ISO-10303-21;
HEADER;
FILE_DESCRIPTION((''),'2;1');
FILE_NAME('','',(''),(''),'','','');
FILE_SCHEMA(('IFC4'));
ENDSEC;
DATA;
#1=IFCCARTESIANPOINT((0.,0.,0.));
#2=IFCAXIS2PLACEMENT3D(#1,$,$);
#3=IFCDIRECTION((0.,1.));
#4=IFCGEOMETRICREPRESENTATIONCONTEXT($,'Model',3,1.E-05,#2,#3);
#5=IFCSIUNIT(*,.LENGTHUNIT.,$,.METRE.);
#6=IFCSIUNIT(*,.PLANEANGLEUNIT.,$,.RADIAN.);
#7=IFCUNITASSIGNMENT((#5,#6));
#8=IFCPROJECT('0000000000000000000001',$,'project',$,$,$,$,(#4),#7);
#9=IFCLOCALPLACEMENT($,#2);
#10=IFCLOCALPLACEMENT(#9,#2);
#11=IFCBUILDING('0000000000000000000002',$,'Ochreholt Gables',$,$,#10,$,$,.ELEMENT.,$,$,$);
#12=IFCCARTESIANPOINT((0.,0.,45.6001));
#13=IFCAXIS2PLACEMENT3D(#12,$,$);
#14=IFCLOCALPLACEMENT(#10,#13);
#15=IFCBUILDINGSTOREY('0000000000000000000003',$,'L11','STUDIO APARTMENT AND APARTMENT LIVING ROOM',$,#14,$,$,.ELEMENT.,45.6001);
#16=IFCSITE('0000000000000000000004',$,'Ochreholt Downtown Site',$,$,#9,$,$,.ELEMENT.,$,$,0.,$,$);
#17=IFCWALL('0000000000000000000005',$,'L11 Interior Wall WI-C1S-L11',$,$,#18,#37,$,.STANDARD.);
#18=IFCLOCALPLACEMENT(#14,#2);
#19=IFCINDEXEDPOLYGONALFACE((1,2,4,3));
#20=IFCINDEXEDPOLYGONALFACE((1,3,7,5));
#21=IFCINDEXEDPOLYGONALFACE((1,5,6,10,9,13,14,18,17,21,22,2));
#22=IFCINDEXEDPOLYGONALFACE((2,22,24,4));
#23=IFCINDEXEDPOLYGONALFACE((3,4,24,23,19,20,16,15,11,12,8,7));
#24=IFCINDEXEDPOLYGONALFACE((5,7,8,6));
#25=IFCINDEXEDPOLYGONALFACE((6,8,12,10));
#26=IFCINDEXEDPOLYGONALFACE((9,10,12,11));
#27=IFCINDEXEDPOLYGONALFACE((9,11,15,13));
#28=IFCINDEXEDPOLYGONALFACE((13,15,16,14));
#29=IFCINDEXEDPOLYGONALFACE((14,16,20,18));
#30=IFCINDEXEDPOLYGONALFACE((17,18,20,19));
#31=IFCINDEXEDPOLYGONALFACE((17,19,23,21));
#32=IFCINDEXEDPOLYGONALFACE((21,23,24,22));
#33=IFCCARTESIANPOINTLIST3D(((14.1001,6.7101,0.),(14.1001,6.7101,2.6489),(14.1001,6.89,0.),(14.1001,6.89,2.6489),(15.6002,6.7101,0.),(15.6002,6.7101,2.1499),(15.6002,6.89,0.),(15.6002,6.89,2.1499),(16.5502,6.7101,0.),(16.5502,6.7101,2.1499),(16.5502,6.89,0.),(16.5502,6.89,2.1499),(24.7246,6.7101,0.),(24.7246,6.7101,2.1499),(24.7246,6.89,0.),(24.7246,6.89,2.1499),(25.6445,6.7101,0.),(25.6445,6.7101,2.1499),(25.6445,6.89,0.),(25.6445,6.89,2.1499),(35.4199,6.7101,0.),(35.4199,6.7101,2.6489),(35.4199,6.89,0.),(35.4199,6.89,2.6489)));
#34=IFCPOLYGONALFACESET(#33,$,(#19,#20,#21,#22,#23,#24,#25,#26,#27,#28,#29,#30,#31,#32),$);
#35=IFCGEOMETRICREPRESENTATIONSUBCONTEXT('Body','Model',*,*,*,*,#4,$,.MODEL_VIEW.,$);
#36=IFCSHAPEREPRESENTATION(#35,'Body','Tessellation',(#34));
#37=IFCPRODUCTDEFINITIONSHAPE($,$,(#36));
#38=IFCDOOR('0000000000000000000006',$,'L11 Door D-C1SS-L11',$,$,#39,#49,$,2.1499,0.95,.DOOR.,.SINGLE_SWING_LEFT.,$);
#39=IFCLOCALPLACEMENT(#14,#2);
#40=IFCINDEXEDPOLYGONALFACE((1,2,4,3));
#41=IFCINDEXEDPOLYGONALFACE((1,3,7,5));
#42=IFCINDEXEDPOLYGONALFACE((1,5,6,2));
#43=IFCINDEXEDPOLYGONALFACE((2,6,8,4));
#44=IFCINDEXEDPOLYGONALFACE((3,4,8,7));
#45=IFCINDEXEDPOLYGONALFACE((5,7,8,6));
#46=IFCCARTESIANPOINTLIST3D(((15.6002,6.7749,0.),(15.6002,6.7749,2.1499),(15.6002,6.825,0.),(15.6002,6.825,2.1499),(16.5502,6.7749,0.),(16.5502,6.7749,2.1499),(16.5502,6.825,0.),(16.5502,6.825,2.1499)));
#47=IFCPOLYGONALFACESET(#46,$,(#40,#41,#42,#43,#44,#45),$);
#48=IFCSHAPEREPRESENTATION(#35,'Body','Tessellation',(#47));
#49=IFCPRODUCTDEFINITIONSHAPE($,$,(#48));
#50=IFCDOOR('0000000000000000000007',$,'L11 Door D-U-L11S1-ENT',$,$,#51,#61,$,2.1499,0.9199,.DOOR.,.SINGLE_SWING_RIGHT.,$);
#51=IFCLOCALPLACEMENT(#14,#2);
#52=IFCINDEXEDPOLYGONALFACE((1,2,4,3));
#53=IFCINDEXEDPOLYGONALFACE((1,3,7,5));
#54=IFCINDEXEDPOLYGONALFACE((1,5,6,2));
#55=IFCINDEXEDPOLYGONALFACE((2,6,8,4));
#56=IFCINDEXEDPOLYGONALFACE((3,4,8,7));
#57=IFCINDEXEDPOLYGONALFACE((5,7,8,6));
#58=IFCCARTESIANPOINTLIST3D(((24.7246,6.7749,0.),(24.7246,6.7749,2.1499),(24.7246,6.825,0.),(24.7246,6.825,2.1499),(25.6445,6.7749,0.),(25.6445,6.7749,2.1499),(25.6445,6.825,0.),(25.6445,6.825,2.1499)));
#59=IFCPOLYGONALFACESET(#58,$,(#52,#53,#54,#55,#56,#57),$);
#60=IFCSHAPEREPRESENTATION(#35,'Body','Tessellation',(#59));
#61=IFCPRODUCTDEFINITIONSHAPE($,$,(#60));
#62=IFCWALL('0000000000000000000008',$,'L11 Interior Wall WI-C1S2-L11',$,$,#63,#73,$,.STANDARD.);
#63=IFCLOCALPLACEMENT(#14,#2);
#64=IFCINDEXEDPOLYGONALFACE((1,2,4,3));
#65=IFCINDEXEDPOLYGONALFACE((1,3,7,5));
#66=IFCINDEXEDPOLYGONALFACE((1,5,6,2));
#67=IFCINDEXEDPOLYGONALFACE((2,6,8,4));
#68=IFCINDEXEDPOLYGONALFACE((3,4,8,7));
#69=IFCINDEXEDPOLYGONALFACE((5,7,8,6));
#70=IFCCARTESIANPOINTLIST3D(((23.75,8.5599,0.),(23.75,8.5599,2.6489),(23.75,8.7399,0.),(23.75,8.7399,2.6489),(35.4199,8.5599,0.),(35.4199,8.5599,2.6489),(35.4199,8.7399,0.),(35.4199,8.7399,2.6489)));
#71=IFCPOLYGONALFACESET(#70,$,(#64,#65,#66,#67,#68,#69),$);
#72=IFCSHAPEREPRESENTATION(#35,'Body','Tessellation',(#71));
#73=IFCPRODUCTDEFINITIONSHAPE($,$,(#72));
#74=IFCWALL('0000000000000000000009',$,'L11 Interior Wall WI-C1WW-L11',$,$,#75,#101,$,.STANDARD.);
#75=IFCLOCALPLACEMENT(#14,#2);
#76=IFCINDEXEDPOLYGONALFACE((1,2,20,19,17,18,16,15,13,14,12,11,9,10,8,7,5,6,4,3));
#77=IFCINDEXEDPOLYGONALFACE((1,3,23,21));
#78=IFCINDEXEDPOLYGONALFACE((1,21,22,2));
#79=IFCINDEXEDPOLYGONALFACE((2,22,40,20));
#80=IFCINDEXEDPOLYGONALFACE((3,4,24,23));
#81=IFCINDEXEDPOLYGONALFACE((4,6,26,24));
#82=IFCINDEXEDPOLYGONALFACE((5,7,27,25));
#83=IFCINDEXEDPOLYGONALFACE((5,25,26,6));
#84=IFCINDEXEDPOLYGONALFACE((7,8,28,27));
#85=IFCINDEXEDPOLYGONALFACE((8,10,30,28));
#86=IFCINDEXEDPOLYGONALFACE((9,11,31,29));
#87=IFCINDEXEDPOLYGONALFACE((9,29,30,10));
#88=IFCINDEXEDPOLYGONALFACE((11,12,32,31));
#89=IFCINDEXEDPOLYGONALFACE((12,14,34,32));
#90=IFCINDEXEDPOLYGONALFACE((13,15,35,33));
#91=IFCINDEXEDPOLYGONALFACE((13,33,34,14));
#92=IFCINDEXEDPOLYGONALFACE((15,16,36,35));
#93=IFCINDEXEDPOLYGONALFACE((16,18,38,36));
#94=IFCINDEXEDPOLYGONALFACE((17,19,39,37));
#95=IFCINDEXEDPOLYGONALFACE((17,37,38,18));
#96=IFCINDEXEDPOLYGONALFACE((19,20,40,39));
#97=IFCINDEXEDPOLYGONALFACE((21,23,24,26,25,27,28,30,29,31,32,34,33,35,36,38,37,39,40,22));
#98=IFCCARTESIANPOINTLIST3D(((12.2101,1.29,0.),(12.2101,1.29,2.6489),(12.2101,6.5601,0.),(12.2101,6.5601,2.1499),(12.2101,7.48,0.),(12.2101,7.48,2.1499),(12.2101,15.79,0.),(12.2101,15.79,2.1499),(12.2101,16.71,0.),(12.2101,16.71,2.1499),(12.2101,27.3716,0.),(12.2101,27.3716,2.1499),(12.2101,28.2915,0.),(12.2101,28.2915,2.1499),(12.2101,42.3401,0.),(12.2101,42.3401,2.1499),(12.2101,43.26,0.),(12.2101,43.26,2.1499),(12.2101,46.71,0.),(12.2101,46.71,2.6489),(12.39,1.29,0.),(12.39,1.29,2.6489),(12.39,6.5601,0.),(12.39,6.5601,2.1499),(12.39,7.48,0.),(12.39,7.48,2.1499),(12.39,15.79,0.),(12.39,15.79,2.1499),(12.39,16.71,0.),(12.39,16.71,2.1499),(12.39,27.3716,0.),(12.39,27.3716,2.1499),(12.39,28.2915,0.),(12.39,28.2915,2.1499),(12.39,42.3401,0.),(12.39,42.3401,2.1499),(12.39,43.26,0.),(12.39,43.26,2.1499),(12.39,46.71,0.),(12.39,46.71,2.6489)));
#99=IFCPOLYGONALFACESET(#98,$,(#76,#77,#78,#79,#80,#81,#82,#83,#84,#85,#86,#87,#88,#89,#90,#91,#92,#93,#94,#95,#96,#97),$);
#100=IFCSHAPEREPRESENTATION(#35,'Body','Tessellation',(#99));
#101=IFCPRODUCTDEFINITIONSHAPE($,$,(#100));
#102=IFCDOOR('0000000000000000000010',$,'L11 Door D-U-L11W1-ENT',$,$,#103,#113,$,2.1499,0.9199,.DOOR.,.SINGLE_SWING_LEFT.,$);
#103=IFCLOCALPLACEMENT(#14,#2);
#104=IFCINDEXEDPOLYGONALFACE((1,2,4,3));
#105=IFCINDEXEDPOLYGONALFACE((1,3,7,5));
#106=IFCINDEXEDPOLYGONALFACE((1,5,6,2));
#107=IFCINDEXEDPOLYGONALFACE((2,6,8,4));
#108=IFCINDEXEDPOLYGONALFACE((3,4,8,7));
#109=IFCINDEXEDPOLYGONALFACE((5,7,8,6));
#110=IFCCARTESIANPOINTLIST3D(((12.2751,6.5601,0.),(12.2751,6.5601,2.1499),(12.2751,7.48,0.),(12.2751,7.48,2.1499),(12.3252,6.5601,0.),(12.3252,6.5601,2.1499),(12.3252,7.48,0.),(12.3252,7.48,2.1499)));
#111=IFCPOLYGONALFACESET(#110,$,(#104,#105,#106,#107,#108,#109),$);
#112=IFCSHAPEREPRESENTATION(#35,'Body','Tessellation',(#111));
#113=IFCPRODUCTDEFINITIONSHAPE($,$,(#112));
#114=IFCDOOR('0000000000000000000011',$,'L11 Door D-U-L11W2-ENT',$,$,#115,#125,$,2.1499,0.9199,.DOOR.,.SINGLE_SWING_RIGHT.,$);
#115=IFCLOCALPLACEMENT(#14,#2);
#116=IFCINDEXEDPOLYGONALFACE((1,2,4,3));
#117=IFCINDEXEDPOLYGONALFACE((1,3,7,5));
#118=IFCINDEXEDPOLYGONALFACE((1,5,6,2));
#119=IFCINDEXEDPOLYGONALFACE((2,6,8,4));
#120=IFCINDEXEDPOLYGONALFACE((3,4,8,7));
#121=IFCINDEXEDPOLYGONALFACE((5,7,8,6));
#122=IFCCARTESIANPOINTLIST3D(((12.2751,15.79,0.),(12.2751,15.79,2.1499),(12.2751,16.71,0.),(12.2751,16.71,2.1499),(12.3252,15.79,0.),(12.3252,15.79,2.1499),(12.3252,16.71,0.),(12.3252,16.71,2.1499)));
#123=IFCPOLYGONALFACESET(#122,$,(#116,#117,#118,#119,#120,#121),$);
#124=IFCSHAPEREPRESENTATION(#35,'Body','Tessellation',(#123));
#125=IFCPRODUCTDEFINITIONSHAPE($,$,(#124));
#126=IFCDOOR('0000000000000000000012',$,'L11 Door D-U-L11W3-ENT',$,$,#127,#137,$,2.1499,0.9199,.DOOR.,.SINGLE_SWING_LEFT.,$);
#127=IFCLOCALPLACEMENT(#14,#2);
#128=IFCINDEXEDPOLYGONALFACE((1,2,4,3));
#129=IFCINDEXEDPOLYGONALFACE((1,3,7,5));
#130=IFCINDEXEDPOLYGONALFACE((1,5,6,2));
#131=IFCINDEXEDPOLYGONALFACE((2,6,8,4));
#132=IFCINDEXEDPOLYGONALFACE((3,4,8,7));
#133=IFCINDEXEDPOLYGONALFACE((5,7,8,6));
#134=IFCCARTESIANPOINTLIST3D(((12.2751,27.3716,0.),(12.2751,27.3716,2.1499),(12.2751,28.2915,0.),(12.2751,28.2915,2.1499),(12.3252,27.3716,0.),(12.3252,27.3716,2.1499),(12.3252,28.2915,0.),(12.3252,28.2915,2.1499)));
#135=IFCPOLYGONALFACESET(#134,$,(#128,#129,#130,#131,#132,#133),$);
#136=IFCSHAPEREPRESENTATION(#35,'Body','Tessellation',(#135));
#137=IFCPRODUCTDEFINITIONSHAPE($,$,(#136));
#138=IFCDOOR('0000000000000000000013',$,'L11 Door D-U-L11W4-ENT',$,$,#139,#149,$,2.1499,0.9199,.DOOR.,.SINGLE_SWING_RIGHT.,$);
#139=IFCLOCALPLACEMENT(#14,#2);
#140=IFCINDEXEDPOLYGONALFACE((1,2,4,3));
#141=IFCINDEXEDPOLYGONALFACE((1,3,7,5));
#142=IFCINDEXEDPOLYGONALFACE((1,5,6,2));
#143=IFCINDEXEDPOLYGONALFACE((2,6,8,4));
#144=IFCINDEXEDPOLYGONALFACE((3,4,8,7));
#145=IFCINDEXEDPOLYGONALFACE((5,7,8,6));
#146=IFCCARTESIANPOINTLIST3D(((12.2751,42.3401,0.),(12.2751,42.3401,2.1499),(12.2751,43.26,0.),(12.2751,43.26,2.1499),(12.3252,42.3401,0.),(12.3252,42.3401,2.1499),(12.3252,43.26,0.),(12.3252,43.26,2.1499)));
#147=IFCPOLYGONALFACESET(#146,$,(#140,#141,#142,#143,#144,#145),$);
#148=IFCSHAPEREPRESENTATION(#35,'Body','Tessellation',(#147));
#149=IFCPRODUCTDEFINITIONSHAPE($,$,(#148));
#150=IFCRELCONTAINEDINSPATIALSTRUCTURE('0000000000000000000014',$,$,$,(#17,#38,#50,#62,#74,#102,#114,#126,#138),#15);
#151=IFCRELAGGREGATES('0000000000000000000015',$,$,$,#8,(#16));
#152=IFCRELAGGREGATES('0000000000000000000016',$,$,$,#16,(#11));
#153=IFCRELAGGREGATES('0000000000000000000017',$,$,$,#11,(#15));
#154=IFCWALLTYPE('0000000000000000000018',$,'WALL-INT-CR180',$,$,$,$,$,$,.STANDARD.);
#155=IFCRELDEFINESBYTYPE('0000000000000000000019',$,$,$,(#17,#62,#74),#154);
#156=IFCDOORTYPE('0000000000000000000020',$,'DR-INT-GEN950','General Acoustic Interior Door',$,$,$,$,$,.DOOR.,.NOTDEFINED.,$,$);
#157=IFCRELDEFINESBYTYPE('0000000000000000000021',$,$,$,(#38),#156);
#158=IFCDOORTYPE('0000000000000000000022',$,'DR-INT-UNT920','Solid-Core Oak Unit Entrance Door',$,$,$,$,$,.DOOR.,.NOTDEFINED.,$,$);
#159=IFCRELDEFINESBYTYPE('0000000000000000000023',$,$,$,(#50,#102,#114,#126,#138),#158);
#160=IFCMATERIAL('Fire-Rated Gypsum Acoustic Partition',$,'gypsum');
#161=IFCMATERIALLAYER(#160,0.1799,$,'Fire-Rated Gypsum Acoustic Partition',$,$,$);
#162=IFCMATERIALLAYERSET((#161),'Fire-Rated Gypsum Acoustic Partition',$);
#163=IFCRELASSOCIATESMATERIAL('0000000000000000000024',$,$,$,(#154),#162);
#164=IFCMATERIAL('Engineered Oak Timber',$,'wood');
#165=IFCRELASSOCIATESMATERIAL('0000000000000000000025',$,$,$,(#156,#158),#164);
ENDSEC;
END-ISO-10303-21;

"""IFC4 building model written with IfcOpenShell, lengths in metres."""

from ifc_helpers import new_model, si_unit, direction, frame, frame_2d, origin, place, context, subcontext, project, spatial, rectangle, extrude, material, layer, layer_set, type_object, element, fill, save


model = new_model("IFC4")

# Units and contexts
model_context = context("Model", 3, precision=1e-05, world=origin(), true_north=direction((0.0, 1.0)))
body_context = subcontext(model_context, "Body", "Model", "MODEL_VIEW")
ifc_project = project(units=[si_unit("LENGTHUNIT", "METRE"), si_unit("PLANEANGLEUNIT", "RADIAN")], contexts=[model_context])

# Site, building, storey
site_placement = place(None, origin())
site = spatial("IfcSite", under=ifc_project, at=site_placement, Name="Ochreholt Downtown Site", CompositionType="ELEMENT", RefElevation=0.0)
building_placement = place(site_placement, origin())
building = spatial("IfcBuilding", under=site, at=building_placement, Name="Ochreholt Gables", CompositionType="ELEMENT")
storey_placement = place(building_placement, frame((0.0, 0.0, 45.6001)))
storey = spatial("IfcBuildingStorey", under=building, at=storey_placement, Name="L11", Description="STUDIO APARTMENT AND APARTMENT LIVING ROOM", CompositionType="ELEMENT", Elevation=45.6001)

# Shared definitions
ifc_material_1 = material(Name="Fire-Rated Gypsum Acoustic Partition", Category="gypsum")
ifc_layer_1 = layer(ifc_material_1, 0.1799, Name="Fire-Rated Gypsum Acoustic Partition")
ifc_layer_set_1 = layer_set([ifc_layer_1], Name="Fire-Rated Gypsum Acoustic Partition")
wall_type_1 = type_object("IfcWallType", Name="WALL-INT-CR180", PredefinedType="STANDARD", material=ifc_layer_set_1)

# Wall, openings, doors
wall_1_placement = place(storey_placement, frame((14.1001, 6.8, 0.0), z_axis=(0.0, 0.0, 1.0), x_axis=(1.0, 0.0, 0.0)))
wall_1 = element("IfcWall", 1, at=wall_1_placement, inside=storey, type_object=wall_type_1, Name="L11 Interior Wall WI-C1S-L11", PredefinedType="STANDARD", context=body_context, shape_type="SweptSolid", body=[
    extrude(rectangle(XDim=21.3198, YDim=0.1799, at=frame_2d((10.6599, 0.0))), origin(), (0.0, 0.0, 1.0), 2.6489),
])
opening_1_placement = place(wall_1_placement, frame((1.5, 0.0, 0.0)))
opening_1 = element("IfcOpeningElement", 2, at=opening_1_placement, cuts=wall_1, PredefinedType="OPENING", context=body_context, shape_type="SweptSolid", body=[
    extrude(rectangle(XDim=0.95, YDim=2.1499, at=frame_2d((0.4751, 1.075))), frame((0.0, 0.0999, 0.0), z_axis=(0.0, -1.0, 0.0), x_axis=(1.0, 0.0, 0.0)), (0.0, 0.0, 1.0), 0.2),
])
opening_2_placement = place(wall_1_placement, frame((10.6245, 0.0, 0.0)))
opening_2 = element("IfcOpeningElement", 3, at=opening_2_placement, cuts=wall_1, PredefinedType="OPENING", context=body_context, shape_type="SweptSolid", body=[
    extrude(rectangle(XDim=0.9199, YDim=2.1499, at=frame_2d((0.46, 1.075))), frame((0.0, 0.0999, 0.0), z_axis=(0.0, -1.0, 0.0), x_axis=(1.0, 0.0, 0.0)), (0.0, 0.0, 1.0), 0.2),
])
ifc_material_2 = material(Name="Engineered Oak Timber", Category="wood")
door_type_1 = type_object("IfcDoorType", Name="DR-INT-GEN950", Description="General Acoustic Interior Door", OperationType="NOTDEFINED", PredefinedType="DOOR", material=ifc_material_2)
door_1_placement = place(opening_1_placement, origin())
door_1 = element("IfcDoor", 4, at=door_1_placement, inside=storey, type_object=door_type_1, Name="L11 Door D-C1SS-L11", OperationType="SINGLE_SWING_LEFT", OverallHeight=2.1499, OverallWidth=0.95, PredefinedType="DOOR", context=body_context, shape_type="SweptSolid", body=[
    extrude(rectangle(XDim=0.95, YDim=2.1499, at=frame_2d((0.4751, 1.075))), frame((0.0, 0.0249, 0.0), z_axis=(0.0, -1.0, 0.0), x_axis=(1.0, 0.0, 0.0)), (0.0, 0.0, 1.0), 0.05),
])
fill(opening_1, door_1)
door_type_2 = type_object("IfcDoorType", Name="DR-INT-UNT920", Description="Solid-Core Oak Unit Entrance Door", OperationType="NOTDEFINED", PredefinedType="DOOR", material=ifc_material_2)
door_2_placement = place(opening_2_placement, origin())
door_2 = element("IfcDoor", 5, at=door_2_placement, inside=storey, type_object=door_type_2, Name="L11 Door D-U-L11S1-ENT", OperationType="SINGLE_SWING_RIGHT", OverallHeight=2.1499, OverallWidth=0.9199, PredefinedType="DOOR", context=body_context, shape_type="SweptSolid", body=[
    extrude(rectangle(XDim=0.9199, YDim=2.1499, at=frame_2d((0.46, 1.075))), frame((0.0, 0.0249, 0.0), z_axis=(0.0, -1.0, 0.0), x_axis=(1.0, 0.0, 0.0)), (0.0, 0.0, 1.0), 0.05),
])
fill(opening_2, door_2)

# Wall
wall_2_placement = place(storey_placement, frame((23.75, 8.6499, 0.0), z_axis=(0.0, 0.0, 1.0), x_axis=(1.0, 0.0, 0.0)))
element("IfcWall", 6, at=wall_2_placement, inside=storey, type_object=wall_type_1, Name="L11 Interior Wall WI-C1S2-L11", PredefinedType="STANDARD", context=body_context, shape_type="SweptSolid", body=[
    extrude(rectangle(XDim=11.6699, YDim=0.1799, at=frame_2d((5.835, 0.0))), origin(), (0.0, 0.0, 1.0), 2.6489),
])

# Wall, openings, doors
wall_3_placement = place(storey_placement, frame((12.3, 1.29, 0.0), z_axis=(0.0, 0.0, 1.0), x_axis=(0.0, 1.0, 0.0)))
wall_3 = element("IfcWall", 7, at=wall_3_placement, inside=storey, type_object=wall_type_1, Name="L11 Interior Wall WI-C1WW-L11", PredefinedType="STANDARD", context=body_context, shape_type="SweptSolid", body=[
    extrude(rectangle(XDim=45.4199, YDim=0.1799, at=frame_2d((22.71, 0.0))), origin(), (0.0, 0.0, 1.0), 2.6489),
])
opening_3_placement = place(wall_3_placement, frame((5.27, 0.0, 0.0)))
opening_3 = element("IfcOpeningElement", 8, at=opening_3_placement, cuts=wall_3, PredefinedType="OPENING", context=body_context, shape_type="SweptSolid", body=[
    extrude(rectangle(XDim=0.9199, YDim=2.1499, at=frame_2d((0.46, 1.075))), frame((0.0, 0.0999, 0.0), z_axis=(0.0, -1.0, 0.0), x_axis=(1.0, 0.0, 0.0)), (0.0, 0.0, 1.0), 0.2),
])
opening_4_placement = place(wall_3_placement, frame((14.5, 0.0, 0.0)))
opening_4 = element("IfcOpeningElement", 9, at=opening_4_placement, cuts=wall_3, PredefinedType="OPENING", context=body_context, shape_type="SweptSolid", body=[
    extrude(rectangle(XDim=0.9199, YDim=2.1499, at=frame_2d((0.46, 1.075))), frame((0.0, 0.0999, 0.0), z_axis=(0.0, -1.0, 0.0), x_axis=(1.0, 0.0, 0.0)), (0.0, 0.0, 1.0), 0.2),
])
opening_5_placement = place(wall_3_placement, frame((26.0815, 0.0, 0.0)))
opening_5 = element("IfcOpeningElement", 10, at=opening_5_placement, cuts=wall_3, PredefinedType="OPENING", context=body_context, shape_type="SweptSolid", body=[
    extrude(rectangle(XDim=0.9199, YDim=2.1499, at=frame_2d((0.46, 1.075))), frame((0.0, 0.0999, 0.0), z_axis=(0.0, -1.0, 0.0), x_axis=(1.0, 0.0, 0.0)), (0.0, 0.0, 1.0), 0.2),
])
opening_6_placement = place(wall_3_placement, frame((41.05, 0.0, 0.0)))
opening_6 = element("IfcOpeningElement", 11, at=opening_6_placement, cuts=wall_3, PredefinedType="OPENING", context=body_context, shape_type="SweptSolid", body=[
    extrude(rectangle(XDim=0.9199, YDim=2.1499, at=frame_2d((0.46, 1.075))), frame((0.0, 0.0999, 0.0), z_axis=(0.0, -1.0, 0.0), x_axis=(1.0, 0.0, 0.0)), (0.0, 0.0, 1.0), 0.2),
])
door_3_placement = place(opening_3_placement, origin())
door_3 = element("IfcDoor", 12, at=door_3_placement, inside=storey, type_object=door_type_2, Name="L11 Door D-U-L11W1-ENT", OperationType="SINGLE_SWING_LEFT", OverallHeight=2.1499, OverallWidth=0.9199, PredefinedType="DOOR", context=body_context, shape_type="SweptSolid", body=[
    extrude(rectangle(XDim=0.9199, YDim=2.1499, at=frame_2d((0.46, 1.075))), frame((0.0, 0.0249, 0.0), z_axis=(0.0, -1.0, 0.0), x_axis=(1.0, 0.0, 0.0)), (0.0, 0.0, 1.0), 0.05),
])
fill(opening_3, door_3)
door_4_placement = place(opening_4_placement, origin())
door_4 = element("IfcDoor", 13, at=door_4_placement, inside=storey, type_object=door_type_2, Name="L11 Door D-U-L11W2-ENT", OperationType="SINGLE_SWING_RIGHT", OverallHeight=2.1499, OverallWidth=0.9199, PredefinedType="DOOR", context=body_context, shape_type="SweptSolid", body=[
    extrude(rectangle(XDim=0.9199, YDim=2.1499, at=frame_2d((0.46, 1.075))), frame((0.0, 0.0249, 0.0), z_axis=(0.0, -1.0, 0.0), x_axis=(1.0, 0.0, 0.0)), (0.0, 0.0, 1.0), 0.05),
])
fill(opening_4, door_4)
door_5_placement = place(opening_5_placement, origin())
door_5 = element("IfcDoor", 14, at=door_5_placement, inside=storey, type_object=door_type_2, Name="L11 Door D-U-L11W3-ENT", OperationType="SINGLE_SWING_LEFT", OverallHeight=2.1499, OverallWidth=0.9199, PredefinedType="DOOR", context=body_context, shape_type="SweptSolid", body=[
    extrude(rectangle(XDim=0.9199, YDim=2.1499, at=frame_2d((0.46, 1.075))), frame((0.0, 0.0249, 0.0), z_axis=(0.0, -1.0, 0.0), x_axis=(1.0, 0.0, 0.0)), (0.0, 0.0, 1.0), 0.05),
])
fill(opening_5, door_5)
door_6_placement = place(opening_6_placement, origin())
door_6 = element("IfcDoor", 15, at=door_6_placement, inside=storey, type_object=door_type_2, Name="L11 Door D-U-L11W4-ENT", OperationType="SINGLE_SWING_RIGHT", OverallHeight=2.1499, OverallWidth=0.9199, PredefinedType="DOOR", context=body_context, shape_type="SweptSolid", body=[
    extrude(rectangle(XDim=0.9199, YDim=2.1499, at=frame_2d((0.46, 1.075))), frame((0.0, 0.0249, 0.0), z_axis=(0.0, -1.0, 0.0), x_axis=(1.0, 0.0, 0.0)), (0.0, 0.0, 1.0), 0.05),
])
fill(opening_6, door_6)

save(model, "model.ifc")
